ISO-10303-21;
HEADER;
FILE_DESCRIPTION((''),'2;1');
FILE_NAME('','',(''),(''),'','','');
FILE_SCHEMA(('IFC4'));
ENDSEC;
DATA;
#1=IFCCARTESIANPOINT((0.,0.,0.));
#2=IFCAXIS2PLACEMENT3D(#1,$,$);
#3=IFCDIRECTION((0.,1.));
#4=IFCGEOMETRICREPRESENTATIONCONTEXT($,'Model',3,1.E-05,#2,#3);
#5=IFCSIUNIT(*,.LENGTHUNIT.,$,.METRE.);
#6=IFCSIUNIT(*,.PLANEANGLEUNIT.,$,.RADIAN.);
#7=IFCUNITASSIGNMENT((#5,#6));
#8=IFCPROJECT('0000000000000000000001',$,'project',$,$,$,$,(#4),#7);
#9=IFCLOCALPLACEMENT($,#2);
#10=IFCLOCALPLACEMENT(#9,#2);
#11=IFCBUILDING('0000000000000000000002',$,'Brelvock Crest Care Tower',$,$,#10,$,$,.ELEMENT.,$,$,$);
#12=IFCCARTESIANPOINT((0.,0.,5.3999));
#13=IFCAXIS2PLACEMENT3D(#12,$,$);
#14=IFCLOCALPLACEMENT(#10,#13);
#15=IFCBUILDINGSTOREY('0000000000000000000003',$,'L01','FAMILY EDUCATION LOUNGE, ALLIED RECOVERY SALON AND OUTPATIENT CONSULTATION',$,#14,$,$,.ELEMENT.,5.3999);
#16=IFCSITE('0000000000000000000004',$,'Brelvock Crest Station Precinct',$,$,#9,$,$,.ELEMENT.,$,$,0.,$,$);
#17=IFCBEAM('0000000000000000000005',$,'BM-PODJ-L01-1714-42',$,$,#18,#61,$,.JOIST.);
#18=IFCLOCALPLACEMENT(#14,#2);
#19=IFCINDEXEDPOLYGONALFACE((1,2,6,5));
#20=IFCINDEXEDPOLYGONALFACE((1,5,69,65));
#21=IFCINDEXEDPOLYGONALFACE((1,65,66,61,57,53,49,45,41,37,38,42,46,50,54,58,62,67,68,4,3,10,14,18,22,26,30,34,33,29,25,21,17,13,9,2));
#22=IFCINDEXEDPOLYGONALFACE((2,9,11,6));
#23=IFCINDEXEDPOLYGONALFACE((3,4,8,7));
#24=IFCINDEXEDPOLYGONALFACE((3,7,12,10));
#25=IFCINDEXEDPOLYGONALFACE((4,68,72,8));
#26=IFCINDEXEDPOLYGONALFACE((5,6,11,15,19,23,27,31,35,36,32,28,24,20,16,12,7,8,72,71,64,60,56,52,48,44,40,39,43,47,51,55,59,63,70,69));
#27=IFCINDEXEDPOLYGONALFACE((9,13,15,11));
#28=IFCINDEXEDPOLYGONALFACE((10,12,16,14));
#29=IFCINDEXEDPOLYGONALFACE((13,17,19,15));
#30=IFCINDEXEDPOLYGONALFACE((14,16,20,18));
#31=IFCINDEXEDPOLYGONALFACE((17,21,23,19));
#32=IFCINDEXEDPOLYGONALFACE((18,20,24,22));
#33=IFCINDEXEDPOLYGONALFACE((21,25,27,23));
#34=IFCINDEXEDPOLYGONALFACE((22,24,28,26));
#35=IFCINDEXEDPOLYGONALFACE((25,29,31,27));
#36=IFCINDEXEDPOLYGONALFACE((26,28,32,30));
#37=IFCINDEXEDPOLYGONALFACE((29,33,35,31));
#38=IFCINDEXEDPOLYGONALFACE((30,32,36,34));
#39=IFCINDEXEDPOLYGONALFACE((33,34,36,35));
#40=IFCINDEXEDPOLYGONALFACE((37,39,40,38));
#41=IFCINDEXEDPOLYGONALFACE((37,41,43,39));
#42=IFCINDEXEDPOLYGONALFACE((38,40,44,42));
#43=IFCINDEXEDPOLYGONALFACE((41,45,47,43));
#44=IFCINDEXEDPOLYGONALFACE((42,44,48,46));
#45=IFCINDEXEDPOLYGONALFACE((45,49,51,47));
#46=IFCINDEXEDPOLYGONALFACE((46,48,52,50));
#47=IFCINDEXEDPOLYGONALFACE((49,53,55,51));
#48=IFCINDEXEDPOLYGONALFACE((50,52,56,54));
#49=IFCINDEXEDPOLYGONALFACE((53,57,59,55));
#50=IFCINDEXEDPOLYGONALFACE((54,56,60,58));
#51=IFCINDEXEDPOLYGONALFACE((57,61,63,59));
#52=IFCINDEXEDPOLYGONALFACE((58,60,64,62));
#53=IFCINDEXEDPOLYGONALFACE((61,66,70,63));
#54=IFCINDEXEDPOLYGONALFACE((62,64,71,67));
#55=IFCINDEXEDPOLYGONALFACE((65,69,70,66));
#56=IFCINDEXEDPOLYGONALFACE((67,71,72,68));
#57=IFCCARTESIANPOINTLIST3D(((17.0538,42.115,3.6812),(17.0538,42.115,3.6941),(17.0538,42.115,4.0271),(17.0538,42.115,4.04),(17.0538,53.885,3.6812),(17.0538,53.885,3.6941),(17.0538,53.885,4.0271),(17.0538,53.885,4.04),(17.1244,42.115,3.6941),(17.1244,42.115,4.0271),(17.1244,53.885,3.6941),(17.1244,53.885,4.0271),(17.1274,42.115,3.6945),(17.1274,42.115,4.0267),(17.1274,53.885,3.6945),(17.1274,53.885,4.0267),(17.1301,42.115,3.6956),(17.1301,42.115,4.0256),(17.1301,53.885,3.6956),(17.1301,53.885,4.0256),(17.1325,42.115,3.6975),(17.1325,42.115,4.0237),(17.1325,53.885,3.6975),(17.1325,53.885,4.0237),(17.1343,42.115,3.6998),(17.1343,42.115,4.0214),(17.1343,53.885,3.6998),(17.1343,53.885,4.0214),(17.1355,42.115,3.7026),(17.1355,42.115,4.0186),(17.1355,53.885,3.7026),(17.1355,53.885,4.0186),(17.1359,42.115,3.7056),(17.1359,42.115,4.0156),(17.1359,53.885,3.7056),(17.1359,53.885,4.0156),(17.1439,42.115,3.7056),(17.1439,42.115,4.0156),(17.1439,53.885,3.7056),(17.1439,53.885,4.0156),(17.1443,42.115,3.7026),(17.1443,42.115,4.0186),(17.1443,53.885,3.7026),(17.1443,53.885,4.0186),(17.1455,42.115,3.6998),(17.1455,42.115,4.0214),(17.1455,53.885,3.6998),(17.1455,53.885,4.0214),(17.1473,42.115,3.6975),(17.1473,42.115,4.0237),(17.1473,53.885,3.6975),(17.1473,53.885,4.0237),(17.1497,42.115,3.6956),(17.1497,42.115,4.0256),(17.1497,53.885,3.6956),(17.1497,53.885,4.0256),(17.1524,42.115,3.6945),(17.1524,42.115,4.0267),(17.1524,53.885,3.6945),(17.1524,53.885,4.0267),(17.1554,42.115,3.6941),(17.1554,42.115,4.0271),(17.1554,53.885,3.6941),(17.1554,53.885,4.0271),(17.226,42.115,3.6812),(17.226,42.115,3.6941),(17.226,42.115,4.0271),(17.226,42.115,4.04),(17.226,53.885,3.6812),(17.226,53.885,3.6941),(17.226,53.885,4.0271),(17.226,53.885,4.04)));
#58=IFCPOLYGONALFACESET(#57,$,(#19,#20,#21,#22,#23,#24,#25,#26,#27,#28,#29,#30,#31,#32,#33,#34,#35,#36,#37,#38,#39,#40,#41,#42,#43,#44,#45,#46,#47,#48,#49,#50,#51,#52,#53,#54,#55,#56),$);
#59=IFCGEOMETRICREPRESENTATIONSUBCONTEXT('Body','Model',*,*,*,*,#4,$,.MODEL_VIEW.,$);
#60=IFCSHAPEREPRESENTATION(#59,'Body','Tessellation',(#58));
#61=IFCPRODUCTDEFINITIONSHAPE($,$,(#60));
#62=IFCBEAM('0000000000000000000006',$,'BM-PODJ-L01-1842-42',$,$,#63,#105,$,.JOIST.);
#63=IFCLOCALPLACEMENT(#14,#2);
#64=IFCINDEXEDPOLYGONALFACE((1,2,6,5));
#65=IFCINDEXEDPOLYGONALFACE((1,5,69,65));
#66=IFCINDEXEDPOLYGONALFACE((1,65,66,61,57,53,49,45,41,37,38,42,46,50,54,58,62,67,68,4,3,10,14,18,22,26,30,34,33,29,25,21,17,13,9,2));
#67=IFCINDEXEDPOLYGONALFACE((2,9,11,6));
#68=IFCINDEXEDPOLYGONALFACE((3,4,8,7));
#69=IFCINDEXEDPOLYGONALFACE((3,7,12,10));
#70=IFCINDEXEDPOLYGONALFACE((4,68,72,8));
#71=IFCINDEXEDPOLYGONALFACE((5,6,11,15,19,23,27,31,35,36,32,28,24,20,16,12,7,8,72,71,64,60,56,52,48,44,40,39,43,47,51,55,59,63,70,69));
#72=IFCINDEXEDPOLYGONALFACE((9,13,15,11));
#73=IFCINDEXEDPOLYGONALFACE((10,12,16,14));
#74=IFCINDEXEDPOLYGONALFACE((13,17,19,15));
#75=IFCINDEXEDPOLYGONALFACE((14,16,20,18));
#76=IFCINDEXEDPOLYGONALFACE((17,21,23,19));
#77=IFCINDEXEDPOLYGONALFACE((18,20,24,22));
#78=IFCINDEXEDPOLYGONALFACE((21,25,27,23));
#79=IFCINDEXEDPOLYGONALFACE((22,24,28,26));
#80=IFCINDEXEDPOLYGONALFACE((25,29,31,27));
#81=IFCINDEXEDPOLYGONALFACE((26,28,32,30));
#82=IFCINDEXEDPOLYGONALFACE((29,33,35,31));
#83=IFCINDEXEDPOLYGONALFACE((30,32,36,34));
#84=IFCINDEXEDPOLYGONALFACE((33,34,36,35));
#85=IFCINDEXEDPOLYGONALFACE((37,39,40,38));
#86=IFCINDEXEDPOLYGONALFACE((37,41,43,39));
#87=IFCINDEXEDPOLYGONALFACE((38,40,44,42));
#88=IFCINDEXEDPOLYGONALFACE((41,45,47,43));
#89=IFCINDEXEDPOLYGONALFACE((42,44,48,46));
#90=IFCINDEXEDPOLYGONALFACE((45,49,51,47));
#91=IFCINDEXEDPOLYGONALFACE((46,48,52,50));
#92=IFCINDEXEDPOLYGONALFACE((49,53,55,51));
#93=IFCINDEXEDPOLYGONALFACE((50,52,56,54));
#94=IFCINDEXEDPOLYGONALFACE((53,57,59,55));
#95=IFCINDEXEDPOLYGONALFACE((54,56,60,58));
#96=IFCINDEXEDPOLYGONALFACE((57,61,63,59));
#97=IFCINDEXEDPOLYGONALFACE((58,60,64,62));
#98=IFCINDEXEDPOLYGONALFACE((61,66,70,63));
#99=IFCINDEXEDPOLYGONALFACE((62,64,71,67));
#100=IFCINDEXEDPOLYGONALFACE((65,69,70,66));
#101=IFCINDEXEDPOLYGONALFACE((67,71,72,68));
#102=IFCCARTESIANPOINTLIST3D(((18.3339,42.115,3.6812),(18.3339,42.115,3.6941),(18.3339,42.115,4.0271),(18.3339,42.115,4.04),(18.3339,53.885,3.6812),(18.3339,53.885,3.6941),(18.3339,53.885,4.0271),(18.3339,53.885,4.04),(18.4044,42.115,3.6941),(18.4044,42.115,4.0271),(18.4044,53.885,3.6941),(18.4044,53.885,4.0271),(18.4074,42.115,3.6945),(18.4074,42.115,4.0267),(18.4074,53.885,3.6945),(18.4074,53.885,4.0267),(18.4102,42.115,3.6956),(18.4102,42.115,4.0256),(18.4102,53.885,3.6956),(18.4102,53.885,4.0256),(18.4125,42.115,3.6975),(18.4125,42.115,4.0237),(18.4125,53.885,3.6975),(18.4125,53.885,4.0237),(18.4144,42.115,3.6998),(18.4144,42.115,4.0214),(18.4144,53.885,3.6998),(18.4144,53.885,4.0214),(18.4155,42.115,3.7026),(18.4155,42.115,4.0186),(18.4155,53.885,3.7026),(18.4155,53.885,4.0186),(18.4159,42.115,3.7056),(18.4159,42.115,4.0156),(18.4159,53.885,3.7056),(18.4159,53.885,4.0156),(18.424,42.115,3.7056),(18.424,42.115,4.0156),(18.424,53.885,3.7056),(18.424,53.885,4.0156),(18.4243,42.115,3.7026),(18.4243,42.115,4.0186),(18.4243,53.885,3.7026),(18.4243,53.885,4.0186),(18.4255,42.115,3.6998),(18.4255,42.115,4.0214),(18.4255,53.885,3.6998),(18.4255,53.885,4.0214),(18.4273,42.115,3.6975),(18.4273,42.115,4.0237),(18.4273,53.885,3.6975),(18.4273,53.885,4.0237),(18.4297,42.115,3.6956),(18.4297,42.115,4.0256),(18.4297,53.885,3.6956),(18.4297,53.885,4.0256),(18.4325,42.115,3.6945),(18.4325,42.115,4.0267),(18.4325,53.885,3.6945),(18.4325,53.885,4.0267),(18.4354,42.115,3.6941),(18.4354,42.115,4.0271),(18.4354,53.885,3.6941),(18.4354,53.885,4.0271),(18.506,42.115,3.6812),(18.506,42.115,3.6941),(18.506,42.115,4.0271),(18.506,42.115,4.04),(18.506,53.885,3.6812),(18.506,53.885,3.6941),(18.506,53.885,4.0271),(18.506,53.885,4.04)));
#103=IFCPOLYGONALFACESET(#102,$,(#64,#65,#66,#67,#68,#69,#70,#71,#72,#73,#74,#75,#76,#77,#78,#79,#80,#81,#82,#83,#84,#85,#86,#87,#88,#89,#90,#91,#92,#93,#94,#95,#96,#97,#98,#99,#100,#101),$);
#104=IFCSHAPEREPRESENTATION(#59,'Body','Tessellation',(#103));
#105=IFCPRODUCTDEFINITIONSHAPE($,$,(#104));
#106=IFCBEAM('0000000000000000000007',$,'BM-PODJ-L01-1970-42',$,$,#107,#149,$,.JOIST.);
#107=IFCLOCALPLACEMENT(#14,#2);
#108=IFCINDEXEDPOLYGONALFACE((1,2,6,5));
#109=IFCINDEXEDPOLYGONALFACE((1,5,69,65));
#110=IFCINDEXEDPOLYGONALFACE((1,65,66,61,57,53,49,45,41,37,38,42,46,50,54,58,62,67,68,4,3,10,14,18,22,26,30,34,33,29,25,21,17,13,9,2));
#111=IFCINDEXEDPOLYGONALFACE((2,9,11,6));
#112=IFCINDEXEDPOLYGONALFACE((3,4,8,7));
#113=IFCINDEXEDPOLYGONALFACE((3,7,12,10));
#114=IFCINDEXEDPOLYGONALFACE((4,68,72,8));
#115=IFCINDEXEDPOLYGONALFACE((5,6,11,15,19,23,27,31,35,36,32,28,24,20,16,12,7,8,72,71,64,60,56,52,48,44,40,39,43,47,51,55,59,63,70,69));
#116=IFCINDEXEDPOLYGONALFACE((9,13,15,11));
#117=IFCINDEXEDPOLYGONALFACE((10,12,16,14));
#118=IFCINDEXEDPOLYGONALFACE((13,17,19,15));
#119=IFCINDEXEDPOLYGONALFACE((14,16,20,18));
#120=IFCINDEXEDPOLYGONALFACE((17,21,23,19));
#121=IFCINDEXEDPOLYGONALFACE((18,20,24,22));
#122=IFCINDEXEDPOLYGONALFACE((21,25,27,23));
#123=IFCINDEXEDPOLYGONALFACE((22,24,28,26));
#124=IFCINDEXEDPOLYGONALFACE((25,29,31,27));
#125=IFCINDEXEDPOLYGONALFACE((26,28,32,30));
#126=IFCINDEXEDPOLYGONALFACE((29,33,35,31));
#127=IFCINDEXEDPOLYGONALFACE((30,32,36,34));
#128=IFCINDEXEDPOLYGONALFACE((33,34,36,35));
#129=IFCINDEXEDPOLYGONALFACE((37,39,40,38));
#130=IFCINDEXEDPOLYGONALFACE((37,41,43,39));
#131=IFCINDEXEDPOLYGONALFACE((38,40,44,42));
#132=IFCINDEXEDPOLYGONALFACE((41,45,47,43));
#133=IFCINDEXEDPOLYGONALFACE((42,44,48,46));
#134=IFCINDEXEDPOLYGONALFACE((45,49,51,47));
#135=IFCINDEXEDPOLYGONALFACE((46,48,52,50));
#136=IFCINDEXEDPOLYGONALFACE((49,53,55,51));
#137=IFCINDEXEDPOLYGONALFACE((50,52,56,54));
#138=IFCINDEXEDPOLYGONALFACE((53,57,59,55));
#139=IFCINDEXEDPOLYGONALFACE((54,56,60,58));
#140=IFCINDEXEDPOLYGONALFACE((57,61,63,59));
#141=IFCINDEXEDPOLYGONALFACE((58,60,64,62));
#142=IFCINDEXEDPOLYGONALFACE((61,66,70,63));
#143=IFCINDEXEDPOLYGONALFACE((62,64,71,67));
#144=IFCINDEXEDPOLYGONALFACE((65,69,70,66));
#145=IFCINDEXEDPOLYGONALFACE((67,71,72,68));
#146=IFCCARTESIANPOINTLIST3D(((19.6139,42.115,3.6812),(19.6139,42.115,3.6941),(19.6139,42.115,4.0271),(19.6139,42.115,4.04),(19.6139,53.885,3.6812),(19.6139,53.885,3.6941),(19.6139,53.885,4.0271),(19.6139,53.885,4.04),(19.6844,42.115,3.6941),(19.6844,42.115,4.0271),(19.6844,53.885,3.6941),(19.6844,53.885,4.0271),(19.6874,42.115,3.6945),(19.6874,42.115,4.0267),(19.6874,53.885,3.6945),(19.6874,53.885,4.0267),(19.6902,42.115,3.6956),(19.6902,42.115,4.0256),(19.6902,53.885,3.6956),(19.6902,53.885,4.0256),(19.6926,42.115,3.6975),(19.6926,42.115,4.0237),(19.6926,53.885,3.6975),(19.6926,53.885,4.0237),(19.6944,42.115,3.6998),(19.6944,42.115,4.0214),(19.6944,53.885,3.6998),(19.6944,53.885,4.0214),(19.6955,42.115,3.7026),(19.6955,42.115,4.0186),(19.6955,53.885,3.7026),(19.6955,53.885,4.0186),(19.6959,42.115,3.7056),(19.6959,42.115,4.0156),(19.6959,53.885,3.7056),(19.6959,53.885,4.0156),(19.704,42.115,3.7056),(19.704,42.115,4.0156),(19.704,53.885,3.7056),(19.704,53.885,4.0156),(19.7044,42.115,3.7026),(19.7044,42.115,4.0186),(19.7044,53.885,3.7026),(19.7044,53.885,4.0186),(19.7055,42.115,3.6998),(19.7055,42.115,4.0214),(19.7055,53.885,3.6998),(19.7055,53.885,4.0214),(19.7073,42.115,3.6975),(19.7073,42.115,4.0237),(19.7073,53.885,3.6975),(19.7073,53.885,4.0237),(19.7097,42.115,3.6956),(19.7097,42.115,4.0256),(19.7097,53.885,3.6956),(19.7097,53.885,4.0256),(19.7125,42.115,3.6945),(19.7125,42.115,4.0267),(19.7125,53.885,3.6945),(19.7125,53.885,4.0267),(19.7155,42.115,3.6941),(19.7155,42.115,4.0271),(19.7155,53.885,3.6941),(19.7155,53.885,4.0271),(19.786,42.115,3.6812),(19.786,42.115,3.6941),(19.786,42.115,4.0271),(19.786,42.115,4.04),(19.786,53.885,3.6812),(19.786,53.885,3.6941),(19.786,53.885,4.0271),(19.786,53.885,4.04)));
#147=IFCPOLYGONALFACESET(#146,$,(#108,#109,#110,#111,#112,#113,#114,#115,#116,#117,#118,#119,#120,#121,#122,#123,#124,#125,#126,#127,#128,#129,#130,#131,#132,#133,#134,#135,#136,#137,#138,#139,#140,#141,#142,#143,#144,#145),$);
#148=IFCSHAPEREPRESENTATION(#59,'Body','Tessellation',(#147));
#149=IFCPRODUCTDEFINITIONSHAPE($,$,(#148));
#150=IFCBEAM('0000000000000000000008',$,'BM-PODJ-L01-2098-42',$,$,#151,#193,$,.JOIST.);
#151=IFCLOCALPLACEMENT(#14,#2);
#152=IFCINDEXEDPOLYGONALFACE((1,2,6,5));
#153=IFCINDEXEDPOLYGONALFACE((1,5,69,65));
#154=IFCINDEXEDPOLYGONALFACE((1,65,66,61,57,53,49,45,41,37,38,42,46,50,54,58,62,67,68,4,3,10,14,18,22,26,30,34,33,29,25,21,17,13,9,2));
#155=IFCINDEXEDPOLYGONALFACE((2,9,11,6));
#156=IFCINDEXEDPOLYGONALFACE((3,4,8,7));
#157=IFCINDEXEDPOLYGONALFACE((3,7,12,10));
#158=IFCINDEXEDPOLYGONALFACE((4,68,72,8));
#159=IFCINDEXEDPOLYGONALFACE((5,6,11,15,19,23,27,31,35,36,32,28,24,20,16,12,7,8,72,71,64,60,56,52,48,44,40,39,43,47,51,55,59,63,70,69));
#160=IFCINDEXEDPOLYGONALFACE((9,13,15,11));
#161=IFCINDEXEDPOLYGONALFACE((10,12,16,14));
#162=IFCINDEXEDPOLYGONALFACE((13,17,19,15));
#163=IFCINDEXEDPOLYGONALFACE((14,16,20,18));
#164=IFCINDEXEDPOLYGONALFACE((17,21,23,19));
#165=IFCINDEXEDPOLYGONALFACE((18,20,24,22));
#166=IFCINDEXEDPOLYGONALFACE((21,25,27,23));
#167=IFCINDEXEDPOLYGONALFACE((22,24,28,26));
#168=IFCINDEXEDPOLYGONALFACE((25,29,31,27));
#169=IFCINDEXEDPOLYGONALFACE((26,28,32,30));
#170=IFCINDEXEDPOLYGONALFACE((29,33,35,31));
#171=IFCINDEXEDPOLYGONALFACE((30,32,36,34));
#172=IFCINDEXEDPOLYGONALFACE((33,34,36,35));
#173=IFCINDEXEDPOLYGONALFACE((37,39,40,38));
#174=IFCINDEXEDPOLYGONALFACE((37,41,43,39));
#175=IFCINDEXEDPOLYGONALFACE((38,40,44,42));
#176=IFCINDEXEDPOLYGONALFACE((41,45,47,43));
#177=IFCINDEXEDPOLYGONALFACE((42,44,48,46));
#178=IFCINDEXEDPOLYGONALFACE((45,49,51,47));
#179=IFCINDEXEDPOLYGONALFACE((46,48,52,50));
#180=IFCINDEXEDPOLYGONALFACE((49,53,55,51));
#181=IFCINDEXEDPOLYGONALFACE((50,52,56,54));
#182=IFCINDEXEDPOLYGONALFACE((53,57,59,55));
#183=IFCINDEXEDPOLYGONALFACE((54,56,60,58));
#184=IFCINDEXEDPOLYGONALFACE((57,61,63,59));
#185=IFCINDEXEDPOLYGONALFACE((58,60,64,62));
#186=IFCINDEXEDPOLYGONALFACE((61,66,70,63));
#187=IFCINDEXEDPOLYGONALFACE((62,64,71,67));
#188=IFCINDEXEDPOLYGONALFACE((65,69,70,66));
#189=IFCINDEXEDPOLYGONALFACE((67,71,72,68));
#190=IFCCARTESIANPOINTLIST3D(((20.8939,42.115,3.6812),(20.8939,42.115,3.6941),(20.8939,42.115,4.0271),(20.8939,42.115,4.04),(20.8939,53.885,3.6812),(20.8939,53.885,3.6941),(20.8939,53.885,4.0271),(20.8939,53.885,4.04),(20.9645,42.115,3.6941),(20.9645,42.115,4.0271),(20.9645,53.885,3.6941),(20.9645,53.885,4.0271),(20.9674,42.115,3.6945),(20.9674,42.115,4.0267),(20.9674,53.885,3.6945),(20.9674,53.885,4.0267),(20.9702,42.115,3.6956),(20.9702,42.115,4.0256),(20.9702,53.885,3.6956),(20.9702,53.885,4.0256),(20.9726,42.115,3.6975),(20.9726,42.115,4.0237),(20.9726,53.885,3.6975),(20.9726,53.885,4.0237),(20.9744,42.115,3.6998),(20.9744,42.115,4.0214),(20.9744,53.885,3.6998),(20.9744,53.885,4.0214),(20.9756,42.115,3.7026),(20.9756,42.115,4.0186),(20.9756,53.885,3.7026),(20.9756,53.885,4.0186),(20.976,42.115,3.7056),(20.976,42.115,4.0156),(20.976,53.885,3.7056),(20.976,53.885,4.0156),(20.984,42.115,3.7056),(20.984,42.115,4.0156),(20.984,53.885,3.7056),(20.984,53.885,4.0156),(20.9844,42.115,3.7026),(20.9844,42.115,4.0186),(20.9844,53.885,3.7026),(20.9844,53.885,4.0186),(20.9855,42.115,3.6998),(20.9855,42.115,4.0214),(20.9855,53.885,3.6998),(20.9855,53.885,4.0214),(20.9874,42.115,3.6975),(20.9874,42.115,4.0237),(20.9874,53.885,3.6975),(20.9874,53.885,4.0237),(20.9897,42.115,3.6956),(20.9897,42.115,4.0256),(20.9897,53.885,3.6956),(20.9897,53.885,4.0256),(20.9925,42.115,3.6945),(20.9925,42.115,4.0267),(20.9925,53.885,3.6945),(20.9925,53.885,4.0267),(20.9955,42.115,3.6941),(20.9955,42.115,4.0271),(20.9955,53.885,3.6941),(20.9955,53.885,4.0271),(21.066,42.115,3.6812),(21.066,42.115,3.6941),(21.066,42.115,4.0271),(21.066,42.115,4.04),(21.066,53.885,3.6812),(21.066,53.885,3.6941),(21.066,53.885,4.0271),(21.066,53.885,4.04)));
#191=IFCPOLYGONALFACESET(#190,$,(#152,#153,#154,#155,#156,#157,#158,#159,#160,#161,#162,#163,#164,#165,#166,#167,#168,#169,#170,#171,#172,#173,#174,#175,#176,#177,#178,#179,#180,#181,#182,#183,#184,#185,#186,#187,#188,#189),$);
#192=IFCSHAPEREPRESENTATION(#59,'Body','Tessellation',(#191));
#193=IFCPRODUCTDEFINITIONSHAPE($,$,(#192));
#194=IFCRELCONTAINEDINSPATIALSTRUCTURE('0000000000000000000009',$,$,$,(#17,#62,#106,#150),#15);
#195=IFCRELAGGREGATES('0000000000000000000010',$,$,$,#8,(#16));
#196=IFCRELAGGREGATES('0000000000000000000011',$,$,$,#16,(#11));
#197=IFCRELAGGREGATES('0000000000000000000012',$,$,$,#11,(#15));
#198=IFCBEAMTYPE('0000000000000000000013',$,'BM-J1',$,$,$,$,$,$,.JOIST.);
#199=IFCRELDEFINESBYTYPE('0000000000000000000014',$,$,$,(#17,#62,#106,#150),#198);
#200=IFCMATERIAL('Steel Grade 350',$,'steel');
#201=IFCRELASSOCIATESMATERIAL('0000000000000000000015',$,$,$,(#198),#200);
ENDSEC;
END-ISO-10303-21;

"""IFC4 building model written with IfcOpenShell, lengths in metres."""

from ifc_helpers import new_model, si_unit, direction, frame, origin, origin_2d, place, context, subcontext, project, spatial, i_section, extrude, source, transform, mapped, material, material_profile, profile_set, type_object, element, save


model = new_model("IFC4")

# Units and contexts
model_context = context("Model", 3, precision=1e-05, world=origin(), true_north=direction((0.0, 1.0)))
body_context = subcontext(model_context, "Body", "Model", "MODEL_VIEW")
ifc_project = project(units=[si_unit("LENGTHUNIT", "METRE"), si_unit("PLANEANGLEUNIT", "RADIAN")], contexts=[model_context])

# Site, building, storey
site_placement = place(None, origin())
site = spatial("IfcSite", under=ifc_project, at=site_placement, Name="Brelvock Crest Station Precinct", CompositionType="ELEMENT", RefElevation=0.0)
building_placement = place(site_placement, origin())
building = spatial("IfcBuilding", under=site, at=building_placement, Name="Brelvock Crest Care Tower", CompositionType="ELEMENT")
storey_placement = place(building_placement, frame((0.0, 0.0, 5.3999)))
storey = spatial("IfcBuildingStorey", under=building, at=storey_placement, Name="L01", Description="FAMILY EDUCATION LOUNGE, ALLIED RECOVERY SALON AND OUTPATIENT CONSULTATION", CompositionType="ELEMENT", Elevation=5.3999)

# Shared definitions
ifc_material_1 = material(Name="Steel Grade 350", Category="steel")

# Beams
ifc_material_profile_1 = material_profile(ifc_material_1, i_section(OverallWidth=0.1721, OverallDepth=0.3589, WebThickness=0.0081, FlangeThickness=0.0129, FilletRadius=0.0115, at=origin_2d()), Name="360UB56.7")
ifc_profile_set_1 = profile_set([ifc_material_profile_1], Name="Steel Grade 350")
beam_type_1 = type_object("IfcBeamType", Name="BM-J1", PredefinedType="JOIST", material=ifc_profile_set_1)
shared_shape_1 = source(origin(), body_context, "Body", "SweptSolid", [
    extrude(i_section(OverallWidth=0.1721, OverallDepth=0.3589, WebThickness=0.0081, FlangeThickness=0.0129, FilletRadius=0.0115, at=origin_2d()), origin(), (0.0, 0.0, 1.0), 11.77),
])
for number, where, z_axis, x_axis, name in (
    (1, (17.1399, 42.115, 3.8606), (0.0, 1.0, 0.0), (-1.0, 0.0, 0.0), "BM-PODJ-L01-1714-42"),
    (2, (18.4199, 42.115, 3.8606), (0.0, 1.0, 0.0), (-1.0, 0.0, 0.0), "BM-PODJ-L01-1842-42"),
    (3, (19.7, 42.115, 3.8606), (0.0, 1.0, 0.0), (-1.0, 0.0, 0.0), "BM-PODJ-L01-1970-42"),
    (4, (20.98, 42.115, 3.8606), (0.0, 1.0, 0.0), (-1.0, 0.0, 0.0), "BM-PODJ-L01-2098-42"),
):
    element("IfcBeam", number, at=place(storey_placement, frame(where, z_axis=z_axis, x_axis=x_axis)), inside=storey, type_object=beam_type_1, Name=name, PredefinedType="JOIST", context=body_context, shape_type="MappedRepresentation", body=[
        mapped(shared_shape_1, transform((0.0, 0.0, 0.0), x_axis=(1.0, 0.0, 0.0), y_axis=(0.0, 1.0, 0.0), z_axis=(0.0, 0.0, 1.0), scale=1.0)),
    ])

save(model, "model.ifc")
